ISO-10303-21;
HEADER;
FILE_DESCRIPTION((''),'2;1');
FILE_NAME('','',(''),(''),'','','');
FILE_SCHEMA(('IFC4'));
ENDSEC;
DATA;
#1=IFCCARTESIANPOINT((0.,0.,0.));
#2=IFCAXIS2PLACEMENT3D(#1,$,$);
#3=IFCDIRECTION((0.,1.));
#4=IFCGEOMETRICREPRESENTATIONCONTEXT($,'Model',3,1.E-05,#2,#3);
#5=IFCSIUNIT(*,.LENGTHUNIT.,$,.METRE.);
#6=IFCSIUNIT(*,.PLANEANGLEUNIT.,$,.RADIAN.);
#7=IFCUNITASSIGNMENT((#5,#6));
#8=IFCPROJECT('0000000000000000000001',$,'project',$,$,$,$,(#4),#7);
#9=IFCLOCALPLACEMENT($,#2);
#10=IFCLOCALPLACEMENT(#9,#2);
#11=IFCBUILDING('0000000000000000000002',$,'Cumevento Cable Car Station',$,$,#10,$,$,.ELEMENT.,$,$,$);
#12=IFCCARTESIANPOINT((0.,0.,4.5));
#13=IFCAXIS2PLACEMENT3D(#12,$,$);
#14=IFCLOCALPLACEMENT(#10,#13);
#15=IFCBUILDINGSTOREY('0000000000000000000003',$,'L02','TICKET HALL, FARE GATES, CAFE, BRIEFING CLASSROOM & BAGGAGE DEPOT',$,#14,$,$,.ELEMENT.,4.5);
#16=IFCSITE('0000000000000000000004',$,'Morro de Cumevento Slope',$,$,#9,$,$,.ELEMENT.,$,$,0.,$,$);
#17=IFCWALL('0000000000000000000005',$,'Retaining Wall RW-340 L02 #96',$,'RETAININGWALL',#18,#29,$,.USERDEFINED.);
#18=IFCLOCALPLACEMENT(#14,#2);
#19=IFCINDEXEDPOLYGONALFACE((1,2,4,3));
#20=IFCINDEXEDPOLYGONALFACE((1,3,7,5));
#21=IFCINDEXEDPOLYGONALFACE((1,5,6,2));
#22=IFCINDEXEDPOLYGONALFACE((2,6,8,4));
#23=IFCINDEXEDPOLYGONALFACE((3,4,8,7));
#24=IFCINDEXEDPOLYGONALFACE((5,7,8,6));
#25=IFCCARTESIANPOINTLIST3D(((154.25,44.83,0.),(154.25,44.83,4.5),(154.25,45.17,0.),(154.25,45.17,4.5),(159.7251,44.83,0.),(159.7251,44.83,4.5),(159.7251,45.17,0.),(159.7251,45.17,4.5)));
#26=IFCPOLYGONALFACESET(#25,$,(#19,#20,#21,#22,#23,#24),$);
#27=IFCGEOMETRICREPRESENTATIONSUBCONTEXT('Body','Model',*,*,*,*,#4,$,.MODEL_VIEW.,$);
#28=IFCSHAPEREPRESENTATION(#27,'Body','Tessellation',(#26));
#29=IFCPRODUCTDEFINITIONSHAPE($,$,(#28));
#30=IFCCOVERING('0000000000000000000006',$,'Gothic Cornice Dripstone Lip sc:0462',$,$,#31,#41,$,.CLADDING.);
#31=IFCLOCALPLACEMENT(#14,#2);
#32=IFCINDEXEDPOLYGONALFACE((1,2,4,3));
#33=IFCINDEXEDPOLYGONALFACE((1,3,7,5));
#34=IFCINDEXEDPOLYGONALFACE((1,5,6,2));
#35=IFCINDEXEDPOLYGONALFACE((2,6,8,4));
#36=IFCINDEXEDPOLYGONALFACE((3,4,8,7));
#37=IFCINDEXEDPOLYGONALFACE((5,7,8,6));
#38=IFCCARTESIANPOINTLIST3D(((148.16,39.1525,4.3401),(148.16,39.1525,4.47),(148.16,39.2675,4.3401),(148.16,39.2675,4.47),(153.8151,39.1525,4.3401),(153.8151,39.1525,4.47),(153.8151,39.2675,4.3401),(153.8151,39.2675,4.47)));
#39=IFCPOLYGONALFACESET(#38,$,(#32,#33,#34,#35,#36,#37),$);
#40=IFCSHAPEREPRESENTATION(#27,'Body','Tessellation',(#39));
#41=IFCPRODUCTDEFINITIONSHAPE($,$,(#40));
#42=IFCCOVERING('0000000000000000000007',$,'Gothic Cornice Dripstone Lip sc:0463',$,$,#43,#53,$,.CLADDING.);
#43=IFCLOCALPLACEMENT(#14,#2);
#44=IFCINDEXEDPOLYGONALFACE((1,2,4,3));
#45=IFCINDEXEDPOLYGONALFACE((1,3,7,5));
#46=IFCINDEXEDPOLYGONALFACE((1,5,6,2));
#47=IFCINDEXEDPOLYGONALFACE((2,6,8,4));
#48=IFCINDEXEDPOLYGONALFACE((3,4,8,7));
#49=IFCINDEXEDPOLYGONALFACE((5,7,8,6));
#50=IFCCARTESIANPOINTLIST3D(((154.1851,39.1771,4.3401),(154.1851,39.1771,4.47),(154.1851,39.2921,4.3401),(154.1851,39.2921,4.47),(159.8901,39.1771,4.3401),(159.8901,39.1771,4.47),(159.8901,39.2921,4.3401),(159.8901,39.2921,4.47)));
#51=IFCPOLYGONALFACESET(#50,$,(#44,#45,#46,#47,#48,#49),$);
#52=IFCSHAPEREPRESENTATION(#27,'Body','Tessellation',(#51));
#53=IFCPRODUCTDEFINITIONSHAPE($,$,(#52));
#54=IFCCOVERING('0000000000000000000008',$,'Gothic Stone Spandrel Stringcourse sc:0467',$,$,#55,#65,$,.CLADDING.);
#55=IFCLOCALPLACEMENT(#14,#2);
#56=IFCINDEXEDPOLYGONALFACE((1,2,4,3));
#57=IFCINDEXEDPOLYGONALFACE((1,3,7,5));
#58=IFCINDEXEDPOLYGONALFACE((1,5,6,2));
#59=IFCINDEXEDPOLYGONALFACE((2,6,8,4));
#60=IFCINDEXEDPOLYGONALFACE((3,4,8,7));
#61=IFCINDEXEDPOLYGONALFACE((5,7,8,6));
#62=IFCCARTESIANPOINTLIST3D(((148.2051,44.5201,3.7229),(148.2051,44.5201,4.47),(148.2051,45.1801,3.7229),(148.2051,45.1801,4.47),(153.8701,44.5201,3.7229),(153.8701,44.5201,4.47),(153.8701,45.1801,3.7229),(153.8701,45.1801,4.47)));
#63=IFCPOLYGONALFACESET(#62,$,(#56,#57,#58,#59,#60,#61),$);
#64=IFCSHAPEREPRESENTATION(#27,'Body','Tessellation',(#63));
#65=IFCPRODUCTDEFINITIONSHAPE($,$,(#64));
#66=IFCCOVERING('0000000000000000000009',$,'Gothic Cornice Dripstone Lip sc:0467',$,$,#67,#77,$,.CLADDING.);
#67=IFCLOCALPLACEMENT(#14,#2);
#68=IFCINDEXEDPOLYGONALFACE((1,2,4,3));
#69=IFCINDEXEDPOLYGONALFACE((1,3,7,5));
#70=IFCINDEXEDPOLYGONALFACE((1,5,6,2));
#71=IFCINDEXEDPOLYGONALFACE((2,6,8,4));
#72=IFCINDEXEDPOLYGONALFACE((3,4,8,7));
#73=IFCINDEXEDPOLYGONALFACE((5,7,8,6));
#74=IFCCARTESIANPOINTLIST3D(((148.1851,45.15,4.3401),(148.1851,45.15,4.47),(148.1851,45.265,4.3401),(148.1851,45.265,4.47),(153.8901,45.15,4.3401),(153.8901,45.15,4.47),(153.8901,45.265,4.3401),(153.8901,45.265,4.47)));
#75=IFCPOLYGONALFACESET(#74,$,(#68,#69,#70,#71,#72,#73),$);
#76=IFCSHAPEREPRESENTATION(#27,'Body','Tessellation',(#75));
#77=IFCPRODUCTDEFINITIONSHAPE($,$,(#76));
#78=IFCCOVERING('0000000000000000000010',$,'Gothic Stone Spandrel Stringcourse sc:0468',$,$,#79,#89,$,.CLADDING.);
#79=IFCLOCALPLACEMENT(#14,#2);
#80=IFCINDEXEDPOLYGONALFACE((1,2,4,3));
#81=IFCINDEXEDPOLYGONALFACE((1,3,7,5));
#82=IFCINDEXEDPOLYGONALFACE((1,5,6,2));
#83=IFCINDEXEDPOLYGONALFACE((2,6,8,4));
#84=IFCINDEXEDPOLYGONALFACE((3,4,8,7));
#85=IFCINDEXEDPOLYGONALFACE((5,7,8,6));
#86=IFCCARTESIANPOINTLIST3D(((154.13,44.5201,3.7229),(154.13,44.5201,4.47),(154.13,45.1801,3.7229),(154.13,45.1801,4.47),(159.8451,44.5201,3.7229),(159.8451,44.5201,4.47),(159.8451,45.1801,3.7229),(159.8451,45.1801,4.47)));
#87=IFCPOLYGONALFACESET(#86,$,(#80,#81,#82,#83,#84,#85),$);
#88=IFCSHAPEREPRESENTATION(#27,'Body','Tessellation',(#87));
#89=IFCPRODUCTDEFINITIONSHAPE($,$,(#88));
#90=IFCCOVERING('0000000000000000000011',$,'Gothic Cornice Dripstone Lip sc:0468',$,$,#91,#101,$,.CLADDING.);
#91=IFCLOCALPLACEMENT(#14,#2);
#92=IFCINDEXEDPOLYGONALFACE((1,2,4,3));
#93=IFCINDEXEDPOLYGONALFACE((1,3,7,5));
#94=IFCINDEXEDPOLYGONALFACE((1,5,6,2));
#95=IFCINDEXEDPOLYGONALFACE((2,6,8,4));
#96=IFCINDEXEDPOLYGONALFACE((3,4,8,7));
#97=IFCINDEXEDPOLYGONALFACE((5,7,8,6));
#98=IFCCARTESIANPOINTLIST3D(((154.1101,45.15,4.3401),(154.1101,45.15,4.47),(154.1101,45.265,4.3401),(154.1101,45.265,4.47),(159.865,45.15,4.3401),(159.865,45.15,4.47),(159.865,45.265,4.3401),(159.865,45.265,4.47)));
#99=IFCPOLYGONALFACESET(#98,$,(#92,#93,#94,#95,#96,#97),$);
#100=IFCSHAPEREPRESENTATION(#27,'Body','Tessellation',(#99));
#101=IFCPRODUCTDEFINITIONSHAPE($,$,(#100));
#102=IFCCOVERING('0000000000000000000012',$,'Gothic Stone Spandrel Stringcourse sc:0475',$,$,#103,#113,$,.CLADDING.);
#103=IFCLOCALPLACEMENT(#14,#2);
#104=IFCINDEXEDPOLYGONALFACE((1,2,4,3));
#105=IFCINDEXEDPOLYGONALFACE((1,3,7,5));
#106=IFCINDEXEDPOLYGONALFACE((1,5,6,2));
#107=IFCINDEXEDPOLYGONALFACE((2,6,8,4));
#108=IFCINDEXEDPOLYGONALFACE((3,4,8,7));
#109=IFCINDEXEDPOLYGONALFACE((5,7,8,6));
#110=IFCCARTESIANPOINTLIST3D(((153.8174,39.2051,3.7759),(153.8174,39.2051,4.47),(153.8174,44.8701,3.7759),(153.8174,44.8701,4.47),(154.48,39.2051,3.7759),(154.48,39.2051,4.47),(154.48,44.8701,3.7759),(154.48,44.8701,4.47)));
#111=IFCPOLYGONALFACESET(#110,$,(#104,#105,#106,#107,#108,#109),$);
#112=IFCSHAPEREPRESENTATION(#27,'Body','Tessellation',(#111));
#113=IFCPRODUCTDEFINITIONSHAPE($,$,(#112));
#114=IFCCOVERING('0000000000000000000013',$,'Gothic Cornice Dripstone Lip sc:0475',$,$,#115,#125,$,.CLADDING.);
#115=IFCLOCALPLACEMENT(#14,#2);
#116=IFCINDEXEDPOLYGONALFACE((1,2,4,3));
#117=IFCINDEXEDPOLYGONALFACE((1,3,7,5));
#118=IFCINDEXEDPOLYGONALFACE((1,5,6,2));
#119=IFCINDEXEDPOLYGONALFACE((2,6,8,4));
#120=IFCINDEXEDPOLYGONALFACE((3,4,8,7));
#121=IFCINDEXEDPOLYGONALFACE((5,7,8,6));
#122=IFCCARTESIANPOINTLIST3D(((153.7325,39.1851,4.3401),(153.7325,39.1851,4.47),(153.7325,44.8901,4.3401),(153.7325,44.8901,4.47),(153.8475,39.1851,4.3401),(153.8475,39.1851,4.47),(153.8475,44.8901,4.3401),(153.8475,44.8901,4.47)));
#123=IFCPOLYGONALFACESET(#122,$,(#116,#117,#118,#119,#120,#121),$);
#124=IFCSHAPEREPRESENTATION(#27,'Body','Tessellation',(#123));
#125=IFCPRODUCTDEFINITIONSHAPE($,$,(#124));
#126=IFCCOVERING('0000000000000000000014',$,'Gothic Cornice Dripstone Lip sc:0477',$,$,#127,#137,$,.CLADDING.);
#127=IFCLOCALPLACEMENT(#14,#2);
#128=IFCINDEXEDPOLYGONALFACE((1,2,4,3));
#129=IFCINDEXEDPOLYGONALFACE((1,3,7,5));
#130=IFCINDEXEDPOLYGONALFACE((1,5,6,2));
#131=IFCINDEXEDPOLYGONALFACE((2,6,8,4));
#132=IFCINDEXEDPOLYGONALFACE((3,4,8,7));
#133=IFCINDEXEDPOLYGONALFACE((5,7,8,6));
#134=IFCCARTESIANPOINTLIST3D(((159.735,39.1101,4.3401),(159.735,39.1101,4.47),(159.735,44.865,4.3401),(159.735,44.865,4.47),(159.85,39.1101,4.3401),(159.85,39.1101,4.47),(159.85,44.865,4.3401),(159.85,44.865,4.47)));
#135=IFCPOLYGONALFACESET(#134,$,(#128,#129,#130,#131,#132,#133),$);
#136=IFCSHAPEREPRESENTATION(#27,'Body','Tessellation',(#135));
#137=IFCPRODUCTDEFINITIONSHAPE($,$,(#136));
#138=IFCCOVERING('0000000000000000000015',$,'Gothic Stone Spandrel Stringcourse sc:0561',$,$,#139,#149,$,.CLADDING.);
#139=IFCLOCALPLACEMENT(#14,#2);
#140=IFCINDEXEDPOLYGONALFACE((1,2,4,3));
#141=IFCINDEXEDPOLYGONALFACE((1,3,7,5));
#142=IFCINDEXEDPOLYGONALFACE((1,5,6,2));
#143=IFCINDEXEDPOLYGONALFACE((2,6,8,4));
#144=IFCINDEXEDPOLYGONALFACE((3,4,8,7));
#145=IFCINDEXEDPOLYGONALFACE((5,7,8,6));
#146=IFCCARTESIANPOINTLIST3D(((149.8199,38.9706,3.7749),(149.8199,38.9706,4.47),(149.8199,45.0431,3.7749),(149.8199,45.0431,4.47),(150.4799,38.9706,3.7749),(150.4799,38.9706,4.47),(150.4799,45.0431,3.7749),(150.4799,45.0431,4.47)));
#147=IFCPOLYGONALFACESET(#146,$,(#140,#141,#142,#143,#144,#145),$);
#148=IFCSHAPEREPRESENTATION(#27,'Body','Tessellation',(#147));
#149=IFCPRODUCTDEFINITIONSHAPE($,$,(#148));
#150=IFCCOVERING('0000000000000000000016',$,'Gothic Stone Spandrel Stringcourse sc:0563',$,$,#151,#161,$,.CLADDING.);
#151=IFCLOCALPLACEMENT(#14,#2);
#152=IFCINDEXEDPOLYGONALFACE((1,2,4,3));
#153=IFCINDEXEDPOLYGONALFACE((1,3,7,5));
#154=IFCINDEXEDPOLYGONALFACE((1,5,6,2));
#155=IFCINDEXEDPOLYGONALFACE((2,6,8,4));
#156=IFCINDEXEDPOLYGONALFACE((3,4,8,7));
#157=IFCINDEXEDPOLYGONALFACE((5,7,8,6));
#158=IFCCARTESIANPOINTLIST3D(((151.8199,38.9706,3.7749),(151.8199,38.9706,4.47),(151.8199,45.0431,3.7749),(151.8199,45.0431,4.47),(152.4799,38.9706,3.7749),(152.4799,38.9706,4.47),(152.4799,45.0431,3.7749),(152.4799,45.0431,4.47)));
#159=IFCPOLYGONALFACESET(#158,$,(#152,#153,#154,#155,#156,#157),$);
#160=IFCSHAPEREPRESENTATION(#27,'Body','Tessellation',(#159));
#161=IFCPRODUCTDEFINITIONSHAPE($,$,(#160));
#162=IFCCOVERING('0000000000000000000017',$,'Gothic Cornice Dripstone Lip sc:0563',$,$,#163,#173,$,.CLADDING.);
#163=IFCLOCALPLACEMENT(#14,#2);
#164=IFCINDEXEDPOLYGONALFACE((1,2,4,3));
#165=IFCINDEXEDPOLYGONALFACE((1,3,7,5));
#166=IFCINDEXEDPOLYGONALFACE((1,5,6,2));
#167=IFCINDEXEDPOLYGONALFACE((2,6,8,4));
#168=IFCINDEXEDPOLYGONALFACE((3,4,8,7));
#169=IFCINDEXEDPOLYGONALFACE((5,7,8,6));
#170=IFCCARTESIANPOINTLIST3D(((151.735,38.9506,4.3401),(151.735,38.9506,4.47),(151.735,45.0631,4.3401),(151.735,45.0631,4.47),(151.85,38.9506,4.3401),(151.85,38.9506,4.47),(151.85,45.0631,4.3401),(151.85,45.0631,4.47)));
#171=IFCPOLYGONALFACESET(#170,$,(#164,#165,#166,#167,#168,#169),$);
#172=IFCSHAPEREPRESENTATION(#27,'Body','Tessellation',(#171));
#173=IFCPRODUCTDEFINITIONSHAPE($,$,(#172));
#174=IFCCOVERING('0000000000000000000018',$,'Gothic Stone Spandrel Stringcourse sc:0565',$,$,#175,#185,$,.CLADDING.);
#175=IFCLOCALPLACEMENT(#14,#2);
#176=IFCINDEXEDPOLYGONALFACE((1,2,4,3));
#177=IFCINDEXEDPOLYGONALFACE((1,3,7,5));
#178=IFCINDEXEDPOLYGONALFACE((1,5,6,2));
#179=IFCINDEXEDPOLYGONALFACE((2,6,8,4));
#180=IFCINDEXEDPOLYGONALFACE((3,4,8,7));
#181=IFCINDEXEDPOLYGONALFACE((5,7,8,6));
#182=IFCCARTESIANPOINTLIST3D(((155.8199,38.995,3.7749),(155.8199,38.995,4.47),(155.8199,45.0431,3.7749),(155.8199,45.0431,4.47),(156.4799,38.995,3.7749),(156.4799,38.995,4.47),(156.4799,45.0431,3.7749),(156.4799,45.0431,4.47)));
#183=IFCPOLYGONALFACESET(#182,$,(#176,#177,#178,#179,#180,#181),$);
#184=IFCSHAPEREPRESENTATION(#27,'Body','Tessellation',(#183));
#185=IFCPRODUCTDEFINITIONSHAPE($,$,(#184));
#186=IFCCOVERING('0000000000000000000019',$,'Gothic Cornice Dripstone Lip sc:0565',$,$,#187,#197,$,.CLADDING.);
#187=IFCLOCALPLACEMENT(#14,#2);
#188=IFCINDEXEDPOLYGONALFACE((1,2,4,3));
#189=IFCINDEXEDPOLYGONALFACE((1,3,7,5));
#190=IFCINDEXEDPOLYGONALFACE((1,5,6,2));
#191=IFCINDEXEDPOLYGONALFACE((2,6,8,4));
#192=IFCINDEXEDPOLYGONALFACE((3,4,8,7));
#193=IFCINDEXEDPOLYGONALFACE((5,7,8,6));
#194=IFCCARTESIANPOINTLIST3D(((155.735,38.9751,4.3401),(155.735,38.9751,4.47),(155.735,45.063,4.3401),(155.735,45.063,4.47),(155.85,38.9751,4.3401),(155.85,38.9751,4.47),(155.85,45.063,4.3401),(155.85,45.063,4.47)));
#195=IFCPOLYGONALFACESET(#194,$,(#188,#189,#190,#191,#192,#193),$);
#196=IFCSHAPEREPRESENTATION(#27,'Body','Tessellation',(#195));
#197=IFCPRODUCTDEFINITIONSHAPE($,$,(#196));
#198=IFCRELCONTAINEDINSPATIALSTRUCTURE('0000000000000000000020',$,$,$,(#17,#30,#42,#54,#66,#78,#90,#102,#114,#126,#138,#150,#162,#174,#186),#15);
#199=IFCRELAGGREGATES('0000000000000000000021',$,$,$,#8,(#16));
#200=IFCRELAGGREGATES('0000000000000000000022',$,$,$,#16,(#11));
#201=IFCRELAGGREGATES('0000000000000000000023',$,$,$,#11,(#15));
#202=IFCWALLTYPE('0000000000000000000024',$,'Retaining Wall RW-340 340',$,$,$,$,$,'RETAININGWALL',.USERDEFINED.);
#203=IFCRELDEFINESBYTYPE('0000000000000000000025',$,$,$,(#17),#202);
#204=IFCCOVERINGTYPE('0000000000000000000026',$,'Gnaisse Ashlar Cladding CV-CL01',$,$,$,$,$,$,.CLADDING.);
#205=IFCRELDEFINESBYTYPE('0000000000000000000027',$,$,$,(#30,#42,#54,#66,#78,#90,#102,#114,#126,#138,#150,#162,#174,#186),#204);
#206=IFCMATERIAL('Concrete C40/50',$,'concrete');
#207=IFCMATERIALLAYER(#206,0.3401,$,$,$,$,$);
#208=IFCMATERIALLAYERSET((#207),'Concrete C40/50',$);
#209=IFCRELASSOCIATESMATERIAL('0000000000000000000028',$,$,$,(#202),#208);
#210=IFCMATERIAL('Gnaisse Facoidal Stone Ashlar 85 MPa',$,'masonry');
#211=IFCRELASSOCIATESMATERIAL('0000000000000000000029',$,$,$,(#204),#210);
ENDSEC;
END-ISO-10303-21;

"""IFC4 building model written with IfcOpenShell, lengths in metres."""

from ifc_helpers import new_model, si_unit, direction, frame, frame_2d, origin, origin_2d, place, context, subcontext, project, spatial, rectangle, extrude, material, layer, layer_set, type_object, element, save


model = new_model("IFC4")

# Units and contexts
model_context = context("Model", 3, precision=1e-05, world=origin(), true_north=direction((0.0, 1.0)))
body_context = subcontext(model_context, "Body", "Model", "MODEL_VIEW")
ifc_project = project(units=[si_unit("LENGTHUNIT", "METRE"), si_unit("PLANEANGLEUNIT", "RADIAN")], contexts=[model_context])

# Site, building, storey
site_placement = place(None, origin())
site = spatial("IfcSite", under=ifc_project, at=site_placement, Name="Morro de Cumevento Slope", CompositionType="ELEMENT", RefElevation=0.0)
building_placement = place(site_placement, origin())
building = spatial("IfcBuilding", under=site, at=building_placement, Name="Cumevento Cable Car Station", CompositionType="ELEMENT")
storey_placement = place(building_placement, frame((0.0, 0.0, 4.5)))
storey = spatial("IfcBuildingStorey", under=building, at=storey_placement, Name="L02", Description="TICKET HALL, FARE GATES, CAFE, BRIEFING CLASSROOM & BAGGAGE DEPOT", CompositionType="ELEMENT", Elevation=4.5)

# Wall
ifc_material_1 = material(Name="Concrete C40/50", Category="concrete")
ifc_layer = layer(ifc_material_1, 0.3401)
ifc_layer_set = layer_set([ifc_layer], Name="Concrete C40/50")
wall_type = type_object("IfcWallType", Name="Retaining Wall RW-340 340", ElementType="RETAININGWALL", PredefinedType="USERDEFINED", material=ifc_layer_set)
wall_placement = place(storey_placement, frame((154.25, 45.0, 0.0), z_axis=(0.0, 0.0, 1.0), x_axis=(1.0, 0.0, 0.0)))
element("IfcWall", 1, at=wall_placement, inside=storey, type_object=wall_type, Name="Retaining Wall RW-340 L02 #96", ObjectType="RETAININGWALL", PredefinedType="USERDEFINED", context=body_context, shape_type="SweptSolid", body=[
    extrude(rectangle(XDim=5.4751, YDim=0.3401, at=frame_2d((2.7375, 0.0))), origin(), (0.0, 0.0, 1.0), 4.5),
])

# Coverings
ifc_material_2 = material(Name="Gnaisse Facoidal Stone Ashlar 85 MPa", Category="masonry")
covering_type = type_object("IfcCoveringType", Name="Gnaisse Ashlar Cladding CV-CL01", PredefinedType="CLADDING", material=ifc_material_2)
covering_1_placement = place(storey_placement, frame((150.9875, 39.21, 4.3401), z_axis=(0.0, 0.0, 1.0), x_axis=(1.0, 0.0, 0.0)))
element("IfcCovering", 2, at=covering_1_placement, inside=storey, type_object=covering_type, Name="Gothic Cornice Dripstone Lip sc:0462", PredefinedType="CLADDING", context=body_context, shape_type="SweptSolid", body=[
    extrude(rectangle(XDim=5.655, YDim=0.115, at=origin_2d()), origin(), (0.0, 0.0, 1.0), 0.1299),
])
covering_2_placement = place(storey_placement, frame((157.0376, 39.2346, 4.3401), z_axis=(0.0, 0.0, 1.0), x_axis=(1.0, 0.0, 0.0)))
element("IfcCovering", 3, at=covering_2_placement, inside=storey, type_object=covering_type, Name="Gothic Cornice Dripstone Lip sc:0463", PredefinedType="CLADDING", context=body_context, shape_type="SweptSolid", body=[
    extrude(rectangle(XDim=5.7051, YDim=0.115, at=origin_2d()), origin(), (0.0, 0.0, 1.0), 0.1299),
])
covering_3_placement = place(storey_placement, frame((151.0376, 44.8501, 3.7229), z_axis=(0.0, 0.0, 1.0), x_axis=(1.0, 0.0, 0.0)))
element("IfcCovering", 4, at=covering_3_placement, inside=storey, type_object=covering_type, Name="Gothic Stone Spandrel Stringcourse sc:0467", PredefinedType="CLADDING", context=body_context, shape_type="SweptSolid", body=[
    extrude(rectangle(XDim=5.665, YDim=0.6599, at=origin_2d()), origin(), (0.0, 0.0, 1.0), 0.7471),
])
covering_4_placement = place(storey_placement, frame((151.0376, 45.2075, 4.3401), z_axis=(0.0, 0.0, 1.0), x_axis=(1.0, 0.0, 0.0)))
element("IfcCovering", 5, at=covering_4_placement, inside=storey, type_object=covering_type, Name="Gothic Cornice Dripstone Lip sc:0467", PredefinedType="CLADDING", context=body_context, shape_type="SweptSolid", body=[
    extrude(rectangle(XDim=5.7051, YDim=0.115, at=origin_2d()), origin(), (0.0, 0.0, 1.0), 0.1299),
])
covering_5_placement = place(storey_placement, frame((156.9875, 44.8501, 3.7229), z_axis=(0.0, 0.0, 1.0), x_axis=(1.0, 0.0, 0.0)))
element("IfcCovering", 6, at=covering_5_placement, inside=storey, type_object=covering_type, Name="Gothic Stone Spandrel Stringcourse sc:0468", PredefinedType="CLADDING", context=body_context, shape_type="SweptSolid", body=[
    extrude(rectangle(XDim=5.7151, YDim=0.6599, at=origin_2d()), origin(), (0.0, 0.0, 1.0), 0.7471),
])
covering_6_placement = place(storey_placement, frame((156.9875, 45.2075, 4.3401), z_axis=(0.0, 0.0, 1.0), x_axis=(1.0, 0.0, 0.0)))
element("IfcCovering", 7, at=covering_6_placement, inside=storey, type_object=covering_type, Name="Gothic Cornice Dripstone Lip sc:0468", PredefinedType="CLADDING", context=body_context, shape_type="SweptSolid", body=[
    extrude(rectangle(XDim=5.7549, YDim=0.115, at=origin_2d()), origin(), (0.0, 0.0, 1.0), 0.1299),
])
covering_7_placement = place(storey_placement, frame((154.1487, 42.0376, 3.7759), z_axis=(0.0, 0.0, 1.0), x_axis=(0.0, 1.0, 0.0)))
element("IfcCovering", 8, at=covering_7_placement, inside=storey, type_object=covering_type, Name="Gothic Stone Spandrel Stringcourse sc:0475", PredefinedType="CLADDING", context=body_context, shape_type="SweptSolid", body=[
    extrude(rectangle(XDim=5.665, YDim=0.6626, at=origin_2d()), origin(), (0.0, 0.0, 1.0), 0.6941),
])
covering_8_placement = place(storey_placement, frame((153.79, 42.0376, 4.3401), z_axis=(0.0, 0.0, 1.0), x_axis=(0.0, 1.0, 0.0)))
element("IfcCovering", 9, at=covering_8_placement, inside=storey, type_object=covering_type, Name="Gothic Cornice Dripstone Lip sc:0475", PredefinedType="CLADDING", context=body_context, shape_type="SweptSolid", body=[
    extrude(rectangle(XDim=5.7051, YDim=0.115, at=origin_2d()), origin(), (0.0, 0.0, 1.0), 0.1299),
])
covering_9_placement = place(storey_placement, frame((159.7925, 41.9875, 4.3401), z_axis=(0.0, 0.0, 1.0), x_axis=(0.0, 1.0, 0.0)))
element("IfcCovering", 10, at=covering_9_placement, inside=storey, type_object=covering_type, Name="Gothic Cornice Dripstone Lip sc:0477", PredefinedType="CLADDING", context=body_context, shape_type="SweptSolid", body=[
    extrude(rectangle(XDim=5.7549, YDim=0.115, at=origin_2d()), origin(), (0.0, 0.0, 1.0), 0.1299),
])
for number, where, z_axis, x_axis, name in (
    (11, (150.1499, 42.0068, 3.7749), (0.0, 0.0, 1.0), (0.0, 1.0, 0.0), "Gothic Stone Spandrel Stringcourse sc:0561"),
    (12, (152.1499, 42.0068, 3.7749), (0.0, 0.0, 1.0), (0.0, 1.0, 0.0), "Gothic Stone Spandrel Stringcourse sc:0563"),
):
    element("IfcCovering", number, at=place(storey_placement, frame(where, z_axis=z_axis, x_axis=x_axis)), inside=storey, type_object=covering_type, Name=name, PredefinedType="CLADDING", context=body_context, shape_type="SweptSolid", body=[
        extrude(rectangle(XDim=6.0725, YDim=0.6599, at=origin_2d()), origin(), (0.0, 0.0, 1.0), 0.6951),
    ])
covering_10_placement = place(storey_placement, frame((151.7925, 42.0068, 4.3401), z_axis=(0.0, 0.0, 1.0), x_axis=(0.0, 1.0, 0.0)))
element("IfcCovering", 13, at=covering_10_placement, inside=storey, type_object=covering_type, Name="Gothic Cornice Dripstone Lip sc:0563", PredefinedType="CLADDING", context=body_context, shape_type="SweptSolid", body=[
    extrude(rectangle(XDim=6.1125, YDim=0.115, at=origin_2d()), origin(), (0.0, 0.0, 1.0), 0.1299),
])
covering_11_placement = place(storey_placement, frame((156.1499, 42.019, 3.7749), z_axis=(0.0, 0.0, 1.0), x_axis=(0.0, 1.0, 0.0)))
element("IfcCovering", 14, at=covering_11_placement, inside=storey, type_object=covering_type, Name="Gothic Stone Spandrel Stringcourse sc:0565", PredefinedType="CLADDING", context=body_context, shape_type="SweptSolid", body=[
    extrude(rectangle(XDim=6.0481, YDim=0.6599, at=origin_2d()), origin(), (0.0, 0.0, 1.0), 0.6951),
])
covering_12_placement = place(storey_placement, frame((155.7925, 42.019, 4.3401), z_axis=(0.0, 0.0, 1.0), x_axis=(0.0, 1.0, 0.0)))
element("IfcCovering", 15, at=covering_12_placement, inside=storey, type_object=covering_type, Name="Gothic Cornice Dripstone Lip sc:0565", PredefinedType="CLADDING", context=body_context, shape_type="SweptSolid", body=[
    extrude(rectangle(XDim=6.0879, YDim=0.115, at=origin_2d()), origin(), (0.0, 0.0, 1.0), 0.1299),
])

save(model, "model.ifc")
